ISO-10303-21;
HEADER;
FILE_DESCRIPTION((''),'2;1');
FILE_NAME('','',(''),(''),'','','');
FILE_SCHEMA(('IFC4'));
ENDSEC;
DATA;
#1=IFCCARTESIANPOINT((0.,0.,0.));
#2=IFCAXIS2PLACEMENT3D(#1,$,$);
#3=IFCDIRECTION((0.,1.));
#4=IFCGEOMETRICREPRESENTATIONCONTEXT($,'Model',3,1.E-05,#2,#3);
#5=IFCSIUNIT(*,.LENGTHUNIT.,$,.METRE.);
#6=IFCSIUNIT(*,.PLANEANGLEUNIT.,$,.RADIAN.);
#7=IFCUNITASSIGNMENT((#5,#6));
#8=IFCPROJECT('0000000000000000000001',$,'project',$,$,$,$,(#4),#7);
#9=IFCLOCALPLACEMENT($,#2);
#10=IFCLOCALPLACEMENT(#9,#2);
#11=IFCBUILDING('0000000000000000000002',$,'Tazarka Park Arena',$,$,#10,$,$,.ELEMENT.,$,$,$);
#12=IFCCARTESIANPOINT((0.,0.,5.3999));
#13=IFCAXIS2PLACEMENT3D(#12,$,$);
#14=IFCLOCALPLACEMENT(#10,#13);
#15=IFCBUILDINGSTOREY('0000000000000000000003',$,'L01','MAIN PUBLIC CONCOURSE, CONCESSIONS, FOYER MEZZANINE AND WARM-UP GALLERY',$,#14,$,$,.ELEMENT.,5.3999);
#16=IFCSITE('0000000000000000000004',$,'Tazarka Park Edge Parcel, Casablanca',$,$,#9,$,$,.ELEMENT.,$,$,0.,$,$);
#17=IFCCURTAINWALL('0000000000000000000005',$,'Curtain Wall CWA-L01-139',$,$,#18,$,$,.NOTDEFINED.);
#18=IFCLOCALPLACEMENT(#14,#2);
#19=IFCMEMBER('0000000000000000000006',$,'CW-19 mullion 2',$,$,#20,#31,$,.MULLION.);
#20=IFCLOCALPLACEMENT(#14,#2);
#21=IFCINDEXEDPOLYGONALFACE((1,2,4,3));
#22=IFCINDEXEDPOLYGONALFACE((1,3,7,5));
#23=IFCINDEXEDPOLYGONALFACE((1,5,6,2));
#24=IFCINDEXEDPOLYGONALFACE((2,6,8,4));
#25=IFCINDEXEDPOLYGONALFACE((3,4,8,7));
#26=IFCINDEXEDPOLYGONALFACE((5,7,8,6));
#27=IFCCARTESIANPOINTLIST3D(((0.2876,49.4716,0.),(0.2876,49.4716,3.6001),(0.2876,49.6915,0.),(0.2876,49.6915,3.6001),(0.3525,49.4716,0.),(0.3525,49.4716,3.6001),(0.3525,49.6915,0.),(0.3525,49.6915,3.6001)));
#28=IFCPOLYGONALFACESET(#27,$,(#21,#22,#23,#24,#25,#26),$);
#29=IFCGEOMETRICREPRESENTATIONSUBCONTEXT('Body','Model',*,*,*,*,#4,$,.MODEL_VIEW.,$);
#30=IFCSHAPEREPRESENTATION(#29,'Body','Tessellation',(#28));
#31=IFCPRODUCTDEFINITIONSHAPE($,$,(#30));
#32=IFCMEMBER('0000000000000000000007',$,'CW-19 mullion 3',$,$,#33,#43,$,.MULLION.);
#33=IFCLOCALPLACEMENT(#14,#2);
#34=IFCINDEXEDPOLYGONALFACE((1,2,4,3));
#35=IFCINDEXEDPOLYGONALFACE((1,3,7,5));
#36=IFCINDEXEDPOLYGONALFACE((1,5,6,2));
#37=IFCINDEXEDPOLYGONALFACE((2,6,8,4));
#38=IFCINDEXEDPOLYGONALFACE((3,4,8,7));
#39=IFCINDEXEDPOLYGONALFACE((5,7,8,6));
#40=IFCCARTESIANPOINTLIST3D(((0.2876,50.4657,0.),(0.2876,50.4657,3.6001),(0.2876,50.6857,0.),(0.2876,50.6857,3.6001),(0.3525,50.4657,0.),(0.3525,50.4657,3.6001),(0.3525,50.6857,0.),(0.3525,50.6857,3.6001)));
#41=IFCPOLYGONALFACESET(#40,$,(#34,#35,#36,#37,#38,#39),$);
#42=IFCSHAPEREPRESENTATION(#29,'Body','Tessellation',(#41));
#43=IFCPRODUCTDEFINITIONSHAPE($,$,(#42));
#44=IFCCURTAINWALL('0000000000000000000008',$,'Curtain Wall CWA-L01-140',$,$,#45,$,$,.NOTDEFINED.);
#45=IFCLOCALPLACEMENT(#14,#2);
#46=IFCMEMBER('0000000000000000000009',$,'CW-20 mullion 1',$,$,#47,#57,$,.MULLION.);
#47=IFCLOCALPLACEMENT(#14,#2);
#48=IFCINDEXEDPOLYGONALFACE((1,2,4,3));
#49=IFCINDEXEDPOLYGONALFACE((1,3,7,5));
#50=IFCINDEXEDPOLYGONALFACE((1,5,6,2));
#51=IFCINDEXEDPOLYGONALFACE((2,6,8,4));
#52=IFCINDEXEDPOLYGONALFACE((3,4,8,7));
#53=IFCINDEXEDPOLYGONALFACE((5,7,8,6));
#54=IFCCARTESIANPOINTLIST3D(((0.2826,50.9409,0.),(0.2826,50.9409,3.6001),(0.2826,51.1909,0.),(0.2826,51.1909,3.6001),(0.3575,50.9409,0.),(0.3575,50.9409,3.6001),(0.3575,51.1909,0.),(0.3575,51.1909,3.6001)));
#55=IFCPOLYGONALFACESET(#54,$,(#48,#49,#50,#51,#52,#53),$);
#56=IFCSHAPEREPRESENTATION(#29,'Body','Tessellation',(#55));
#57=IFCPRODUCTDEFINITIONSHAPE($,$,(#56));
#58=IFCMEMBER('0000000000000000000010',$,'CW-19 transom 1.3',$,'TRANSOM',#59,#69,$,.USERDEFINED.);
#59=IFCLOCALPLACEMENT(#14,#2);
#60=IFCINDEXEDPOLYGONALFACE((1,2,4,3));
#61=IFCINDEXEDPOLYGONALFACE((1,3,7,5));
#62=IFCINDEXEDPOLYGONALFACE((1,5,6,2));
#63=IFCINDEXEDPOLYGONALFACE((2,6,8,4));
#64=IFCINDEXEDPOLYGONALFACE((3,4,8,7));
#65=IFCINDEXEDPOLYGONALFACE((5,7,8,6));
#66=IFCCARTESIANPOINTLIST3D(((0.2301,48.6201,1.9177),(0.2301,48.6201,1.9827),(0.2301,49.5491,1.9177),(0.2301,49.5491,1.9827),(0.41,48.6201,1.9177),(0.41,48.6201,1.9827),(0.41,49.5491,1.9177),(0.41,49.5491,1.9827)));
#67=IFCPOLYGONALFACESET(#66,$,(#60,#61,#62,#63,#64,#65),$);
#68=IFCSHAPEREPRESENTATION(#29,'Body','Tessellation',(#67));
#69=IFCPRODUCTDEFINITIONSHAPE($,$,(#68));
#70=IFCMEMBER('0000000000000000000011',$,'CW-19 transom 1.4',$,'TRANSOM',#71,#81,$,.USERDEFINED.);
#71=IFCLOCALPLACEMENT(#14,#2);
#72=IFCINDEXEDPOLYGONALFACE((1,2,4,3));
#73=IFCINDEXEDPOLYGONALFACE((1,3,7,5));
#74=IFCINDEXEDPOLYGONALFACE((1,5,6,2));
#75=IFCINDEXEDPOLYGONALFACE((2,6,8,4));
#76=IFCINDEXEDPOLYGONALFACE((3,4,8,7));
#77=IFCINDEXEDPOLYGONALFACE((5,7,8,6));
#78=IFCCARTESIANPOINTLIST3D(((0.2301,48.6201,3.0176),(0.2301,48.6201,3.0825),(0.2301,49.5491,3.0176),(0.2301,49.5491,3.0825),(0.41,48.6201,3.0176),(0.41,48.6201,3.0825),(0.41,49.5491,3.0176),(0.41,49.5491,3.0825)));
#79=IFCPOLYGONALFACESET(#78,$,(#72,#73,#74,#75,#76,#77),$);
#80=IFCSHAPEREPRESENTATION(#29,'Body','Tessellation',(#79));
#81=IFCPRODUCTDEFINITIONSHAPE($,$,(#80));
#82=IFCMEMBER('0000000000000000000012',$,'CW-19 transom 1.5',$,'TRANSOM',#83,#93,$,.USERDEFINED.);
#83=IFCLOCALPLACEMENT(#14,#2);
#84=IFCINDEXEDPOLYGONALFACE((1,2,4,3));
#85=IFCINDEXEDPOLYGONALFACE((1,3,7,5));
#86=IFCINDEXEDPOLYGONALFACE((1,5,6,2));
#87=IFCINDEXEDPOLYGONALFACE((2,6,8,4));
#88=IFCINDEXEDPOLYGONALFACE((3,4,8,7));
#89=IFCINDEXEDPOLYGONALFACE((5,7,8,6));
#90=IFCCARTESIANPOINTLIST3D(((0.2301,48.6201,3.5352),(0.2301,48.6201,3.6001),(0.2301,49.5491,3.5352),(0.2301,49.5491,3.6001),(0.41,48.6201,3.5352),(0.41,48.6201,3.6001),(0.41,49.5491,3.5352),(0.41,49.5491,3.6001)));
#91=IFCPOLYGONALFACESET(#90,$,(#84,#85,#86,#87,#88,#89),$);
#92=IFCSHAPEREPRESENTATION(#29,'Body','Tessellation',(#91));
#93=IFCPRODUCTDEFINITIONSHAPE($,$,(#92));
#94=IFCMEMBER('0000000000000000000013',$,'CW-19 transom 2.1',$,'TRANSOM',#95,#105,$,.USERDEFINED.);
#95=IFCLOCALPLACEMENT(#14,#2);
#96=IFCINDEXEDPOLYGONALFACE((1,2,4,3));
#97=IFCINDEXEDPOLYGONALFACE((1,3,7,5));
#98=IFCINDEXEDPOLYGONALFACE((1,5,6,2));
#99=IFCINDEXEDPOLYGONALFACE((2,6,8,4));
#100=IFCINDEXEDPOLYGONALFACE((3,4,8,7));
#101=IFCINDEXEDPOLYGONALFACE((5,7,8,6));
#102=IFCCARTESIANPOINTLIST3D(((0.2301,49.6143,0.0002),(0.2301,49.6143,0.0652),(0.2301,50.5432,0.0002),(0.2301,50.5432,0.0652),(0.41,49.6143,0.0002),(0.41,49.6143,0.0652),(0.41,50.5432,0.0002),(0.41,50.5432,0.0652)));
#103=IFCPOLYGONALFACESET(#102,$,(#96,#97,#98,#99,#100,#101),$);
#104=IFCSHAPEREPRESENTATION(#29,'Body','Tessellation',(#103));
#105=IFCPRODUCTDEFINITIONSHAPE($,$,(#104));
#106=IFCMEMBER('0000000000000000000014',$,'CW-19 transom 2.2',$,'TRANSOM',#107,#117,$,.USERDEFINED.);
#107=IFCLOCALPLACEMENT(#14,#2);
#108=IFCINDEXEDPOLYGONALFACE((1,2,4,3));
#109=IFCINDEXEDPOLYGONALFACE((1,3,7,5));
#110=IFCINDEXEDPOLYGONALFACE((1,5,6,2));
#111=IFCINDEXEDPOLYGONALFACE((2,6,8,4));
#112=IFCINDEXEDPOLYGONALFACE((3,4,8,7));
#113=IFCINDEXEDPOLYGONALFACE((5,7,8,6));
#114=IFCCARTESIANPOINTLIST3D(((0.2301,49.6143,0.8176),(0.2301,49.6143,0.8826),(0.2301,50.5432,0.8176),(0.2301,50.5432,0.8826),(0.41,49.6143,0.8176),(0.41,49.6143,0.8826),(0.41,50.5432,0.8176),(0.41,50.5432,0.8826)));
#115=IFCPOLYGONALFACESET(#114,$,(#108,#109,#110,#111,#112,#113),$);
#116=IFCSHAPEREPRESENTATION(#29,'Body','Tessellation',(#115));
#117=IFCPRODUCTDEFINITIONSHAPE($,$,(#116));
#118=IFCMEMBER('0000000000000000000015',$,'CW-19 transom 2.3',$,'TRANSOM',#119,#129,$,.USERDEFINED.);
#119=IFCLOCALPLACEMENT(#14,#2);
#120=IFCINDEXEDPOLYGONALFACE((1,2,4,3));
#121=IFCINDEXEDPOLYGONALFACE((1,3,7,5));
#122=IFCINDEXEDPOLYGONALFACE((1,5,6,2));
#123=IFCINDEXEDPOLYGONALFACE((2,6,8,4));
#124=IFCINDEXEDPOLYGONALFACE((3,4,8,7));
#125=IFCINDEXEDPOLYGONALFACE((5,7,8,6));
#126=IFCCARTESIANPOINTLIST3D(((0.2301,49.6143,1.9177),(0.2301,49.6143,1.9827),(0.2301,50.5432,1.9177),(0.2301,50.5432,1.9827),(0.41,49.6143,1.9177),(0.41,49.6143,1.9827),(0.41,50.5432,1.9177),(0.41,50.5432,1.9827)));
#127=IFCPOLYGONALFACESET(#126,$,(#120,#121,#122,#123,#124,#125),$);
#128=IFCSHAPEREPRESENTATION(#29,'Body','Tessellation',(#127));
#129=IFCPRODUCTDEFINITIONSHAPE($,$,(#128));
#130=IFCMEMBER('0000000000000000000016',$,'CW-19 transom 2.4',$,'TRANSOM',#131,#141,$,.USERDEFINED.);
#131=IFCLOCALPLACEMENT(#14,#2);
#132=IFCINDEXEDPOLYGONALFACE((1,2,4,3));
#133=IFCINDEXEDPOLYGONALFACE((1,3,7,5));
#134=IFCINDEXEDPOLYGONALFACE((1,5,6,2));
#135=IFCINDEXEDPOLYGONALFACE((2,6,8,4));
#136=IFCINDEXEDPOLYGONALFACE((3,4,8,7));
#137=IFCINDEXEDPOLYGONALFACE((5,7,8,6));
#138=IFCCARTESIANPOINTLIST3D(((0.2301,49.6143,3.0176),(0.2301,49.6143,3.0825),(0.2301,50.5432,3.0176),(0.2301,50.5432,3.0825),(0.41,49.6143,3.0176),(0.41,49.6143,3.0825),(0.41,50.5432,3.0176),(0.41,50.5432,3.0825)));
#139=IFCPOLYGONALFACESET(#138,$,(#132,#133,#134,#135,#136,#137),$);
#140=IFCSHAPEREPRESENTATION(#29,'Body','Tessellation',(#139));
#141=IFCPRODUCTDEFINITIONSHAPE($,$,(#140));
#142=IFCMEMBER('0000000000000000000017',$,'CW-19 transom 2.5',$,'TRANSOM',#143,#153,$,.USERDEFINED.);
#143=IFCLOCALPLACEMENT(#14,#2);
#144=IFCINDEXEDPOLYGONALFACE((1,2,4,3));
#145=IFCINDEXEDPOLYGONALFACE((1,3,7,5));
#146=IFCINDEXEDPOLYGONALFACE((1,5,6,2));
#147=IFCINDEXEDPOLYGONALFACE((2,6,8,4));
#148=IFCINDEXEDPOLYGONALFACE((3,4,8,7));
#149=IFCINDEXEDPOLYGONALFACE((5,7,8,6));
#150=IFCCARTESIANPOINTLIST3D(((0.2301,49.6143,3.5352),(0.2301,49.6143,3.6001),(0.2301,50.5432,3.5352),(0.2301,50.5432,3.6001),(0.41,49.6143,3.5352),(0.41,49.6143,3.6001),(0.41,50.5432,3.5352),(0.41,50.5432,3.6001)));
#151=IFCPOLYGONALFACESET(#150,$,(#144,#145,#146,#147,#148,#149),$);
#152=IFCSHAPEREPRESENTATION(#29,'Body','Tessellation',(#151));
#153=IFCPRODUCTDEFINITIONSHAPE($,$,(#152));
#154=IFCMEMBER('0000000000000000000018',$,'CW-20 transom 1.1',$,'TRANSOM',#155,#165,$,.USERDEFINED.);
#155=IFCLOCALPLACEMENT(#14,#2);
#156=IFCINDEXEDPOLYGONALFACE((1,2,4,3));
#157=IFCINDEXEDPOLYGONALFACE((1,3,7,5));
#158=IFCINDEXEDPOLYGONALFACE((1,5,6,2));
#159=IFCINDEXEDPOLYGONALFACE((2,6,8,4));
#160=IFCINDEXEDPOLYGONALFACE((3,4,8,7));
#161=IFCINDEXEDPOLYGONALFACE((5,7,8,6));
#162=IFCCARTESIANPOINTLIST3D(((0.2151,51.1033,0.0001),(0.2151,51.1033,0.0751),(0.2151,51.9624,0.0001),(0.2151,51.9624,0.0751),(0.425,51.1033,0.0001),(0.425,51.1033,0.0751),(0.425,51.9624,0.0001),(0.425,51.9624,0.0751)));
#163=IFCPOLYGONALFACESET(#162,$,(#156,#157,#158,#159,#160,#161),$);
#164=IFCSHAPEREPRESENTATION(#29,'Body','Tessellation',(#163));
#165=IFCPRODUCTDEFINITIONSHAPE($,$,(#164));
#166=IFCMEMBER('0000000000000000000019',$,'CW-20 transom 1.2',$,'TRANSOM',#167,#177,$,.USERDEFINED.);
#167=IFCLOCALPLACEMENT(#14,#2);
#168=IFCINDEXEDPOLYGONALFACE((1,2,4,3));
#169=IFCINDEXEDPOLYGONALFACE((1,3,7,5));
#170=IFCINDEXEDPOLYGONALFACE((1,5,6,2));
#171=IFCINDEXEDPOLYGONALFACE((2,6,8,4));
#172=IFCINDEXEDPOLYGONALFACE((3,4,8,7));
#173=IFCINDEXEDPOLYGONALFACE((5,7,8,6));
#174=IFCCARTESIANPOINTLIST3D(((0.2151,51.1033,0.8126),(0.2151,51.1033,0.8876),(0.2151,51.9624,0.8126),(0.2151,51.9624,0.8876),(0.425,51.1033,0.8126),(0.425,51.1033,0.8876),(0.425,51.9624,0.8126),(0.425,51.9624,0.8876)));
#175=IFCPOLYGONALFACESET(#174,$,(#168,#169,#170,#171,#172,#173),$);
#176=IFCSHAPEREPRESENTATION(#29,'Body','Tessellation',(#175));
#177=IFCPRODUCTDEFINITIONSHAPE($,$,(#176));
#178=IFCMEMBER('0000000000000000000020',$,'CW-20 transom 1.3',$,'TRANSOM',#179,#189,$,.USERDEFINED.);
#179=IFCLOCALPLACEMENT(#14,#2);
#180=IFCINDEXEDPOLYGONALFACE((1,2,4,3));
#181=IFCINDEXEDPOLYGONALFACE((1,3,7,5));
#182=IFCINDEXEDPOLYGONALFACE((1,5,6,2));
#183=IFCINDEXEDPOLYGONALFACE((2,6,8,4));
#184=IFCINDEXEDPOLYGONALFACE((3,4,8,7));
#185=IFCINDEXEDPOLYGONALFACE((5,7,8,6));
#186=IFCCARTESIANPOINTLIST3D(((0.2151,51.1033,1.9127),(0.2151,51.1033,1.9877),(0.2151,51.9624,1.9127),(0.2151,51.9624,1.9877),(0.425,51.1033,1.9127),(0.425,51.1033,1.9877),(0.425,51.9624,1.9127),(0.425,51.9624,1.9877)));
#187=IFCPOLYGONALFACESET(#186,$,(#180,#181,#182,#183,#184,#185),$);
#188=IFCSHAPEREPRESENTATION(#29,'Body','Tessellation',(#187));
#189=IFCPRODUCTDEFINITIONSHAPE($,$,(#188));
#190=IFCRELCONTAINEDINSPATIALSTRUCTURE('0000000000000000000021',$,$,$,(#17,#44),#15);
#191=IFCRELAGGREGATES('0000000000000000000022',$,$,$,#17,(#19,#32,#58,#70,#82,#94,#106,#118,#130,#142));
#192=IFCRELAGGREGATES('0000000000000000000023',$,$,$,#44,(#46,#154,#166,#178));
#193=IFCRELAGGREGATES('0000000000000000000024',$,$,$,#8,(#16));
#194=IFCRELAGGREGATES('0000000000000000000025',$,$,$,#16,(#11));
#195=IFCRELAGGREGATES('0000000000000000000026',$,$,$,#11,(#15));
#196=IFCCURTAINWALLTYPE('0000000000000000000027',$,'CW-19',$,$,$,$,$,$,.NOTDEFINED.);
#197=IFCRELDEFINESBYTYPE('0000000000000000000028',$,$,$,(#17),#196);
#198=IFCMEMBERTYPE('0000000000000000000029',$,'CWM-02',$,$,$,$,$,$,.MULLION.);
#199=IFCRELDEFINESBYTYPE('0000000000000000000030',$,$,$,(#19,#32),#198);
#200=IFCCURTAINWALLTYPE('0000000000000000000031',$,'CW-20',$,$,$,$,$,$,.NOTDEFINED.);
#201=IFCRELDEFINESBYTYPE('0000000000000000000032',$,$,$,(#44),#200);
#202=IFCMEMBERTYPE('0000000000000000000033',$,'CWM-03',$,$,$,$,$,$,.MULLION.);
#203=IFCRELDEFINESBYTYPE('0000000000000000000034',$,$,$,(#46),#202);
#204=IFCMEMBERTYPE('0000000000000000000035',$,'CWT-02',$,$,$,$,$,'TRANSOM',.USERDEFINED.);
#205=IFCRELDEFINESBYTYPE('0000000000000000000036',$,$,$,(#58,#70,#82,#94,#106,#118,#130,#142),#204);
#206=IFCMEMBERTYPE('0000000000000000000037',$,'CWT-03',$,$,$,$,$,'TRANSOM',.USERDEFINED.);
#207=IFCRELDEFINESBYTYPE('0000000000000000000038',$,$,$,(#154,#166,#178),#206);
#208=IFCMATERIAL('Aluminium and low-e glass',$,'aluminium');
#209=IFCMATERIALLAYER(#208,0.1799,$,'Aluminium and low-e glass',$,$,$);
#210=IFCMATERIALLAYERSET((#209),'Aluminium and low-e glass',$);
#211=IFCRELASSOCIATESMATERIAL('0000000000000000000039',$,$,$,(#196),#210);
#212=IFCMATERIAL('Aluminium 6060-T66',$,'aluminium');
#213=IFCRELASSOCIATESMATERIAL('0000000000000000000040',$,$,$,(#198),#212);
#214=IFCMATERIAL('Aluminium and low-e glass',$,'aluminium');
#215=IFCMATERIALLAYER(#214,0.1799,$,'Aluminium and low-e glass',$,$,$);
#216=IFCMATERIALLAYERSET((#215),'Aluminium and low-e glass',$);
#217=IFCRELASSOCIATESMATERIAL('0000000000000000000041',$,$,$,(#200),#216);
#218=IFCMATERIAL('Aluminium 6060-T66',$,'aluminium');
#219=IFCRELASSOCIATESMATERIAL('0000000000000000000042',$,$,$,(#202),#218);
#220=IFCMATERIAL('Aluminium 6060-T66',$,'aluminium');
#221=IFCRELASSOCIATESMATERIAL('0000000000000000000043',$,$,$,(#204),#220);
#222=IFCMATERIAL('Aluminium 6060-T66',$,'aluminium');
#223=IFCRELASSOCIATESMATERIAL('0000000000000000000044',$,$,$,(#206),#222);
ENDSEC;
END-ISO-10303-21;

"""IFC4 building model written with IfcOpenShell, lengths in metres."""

from ifc_helpers import new_model, si_unit, direction, frame, origin, origin_2d, place, context, subcontext, project, spatial, rectangle, extrude, material, layer, layer_set, material_profile, profile_set, type_object, element, aggregate, save


model = new_model("IFC4")

# Units and contexts
model_context = context("Model", 3, precision=1e-05, world=origin(), true_north=direction((0.0, 1.0)))
body_context = subcontext(model_context, "Body", "Model", "MODEL_VIEW")
ifc_project = project(units=[si_unit("LENGTHUNIT", "METRE"), si_unit("PLANEANGLEUNIT", "RADIAN")], contexts=[model_context])

# Site, building, storey
site_placement = place(None, origin())
site = spatial("IfcSite", under=ifc_project, at=site_placement, Name="Tazarka Park Edge Parcel, Casablanca", CompositionType="ELEMENT", RefElevation=0.0)
building_placement = place(site_placement, origin())
building = spatial("IfcBuilding", under=site, at=building_placement, Name="Tazarka Park Arena", CompositionType="ELEMENT")
storey_placement = place(building_placement, frame((0.0, 0.0, 5.3999)))
storey = spatial("IfcBuildingStorey", under=building, at=storey_placement, Name="L01", Description="MAIN PUBLIC CONCOURSE, CONCESSIONS, FOYER MEZZANINE AND WARM-UP GALLERY", CompositionType="ELEMENT", Elevation=5.3999)

# Curtain wall, members
ifc_material_1 = material(Name="Aluminium and low-e glass", Category="aluminium")
ifc_layer_1 = layer(ifc_material_1, 0.1799, Name="Aluminium and low-e glass")
ifc_layer_set_1 = layer_set([ifc_layer_1], Name="Aluminium and low-e glass")
curtain_wall_type_1 = type_object("IfcCurtainWallType", Name="CW-19", PredefinedType="NOTDEFINED", material=ifc_layer_set_1)
curtain_wall_1_placement = place(storey_placement, origin())
curtain_wall_1 = element("IfcCurtainWall", 1, at=curtain_wall_1_placement, inside=storey, type_object=curtain_wall_type_1, Name="Curtain Wall CWA-L01-139", PredefinedType="NOTDEFINED")
ifc_material_2 = material(Name="Aluminium 6060-T66", Category="aluminium")
ifc_material_profile_1 = material_profile(ifc_material_2, rectangle(XDim=0.0649, YDim=0.22, at=origin_2d()), Name="Aluminium 6060-T66")
ifc_profile_set_1 = profile_set([ifc_material_profile_1], Name="Aluminium 6060-T66")
member_type_1 = type_object("IfcMemberType", Name="CWM-02", PredefinedType="MULLION", material=ifc_profile_set_1)
member_1_placement = place(storey_placement, frame((0.3201, 49.5815, 0.0), z_axis=(0.0, 0.0, 1.0), x_axis=(-1.0, 0.0, 0.0)))
member_1 = element("IfcMember", 2, at=member_1_placement, type_object=member_type_1, Name="CW-19 mullion 2", PredefinedType="MULLION", context=body_context, shape_type="SweptSolid", body=[
    extrude(rectangle(XDim=0.0649, YDim=0.22, at=origin_2d()), origin(), (0.0, 0.0, 1.0), 3.6001),
])
member_2_placement = place(storey_placement, frame((0.3201, 50.5757, 0.0), z_axis=(0.0, 0.0, 1.0), x_axis=(-1.0, 0.0, 0.0)))
member_2 = element("IfcMember", 3, at=member_2_placement, type_object=member_type_1, Name="CW-19 mullion 3", PredefinedType="MULLION", context=body_context, shape_type="SweptSolid", body=[
    extrude(rectangle(XDim=0.0649, YDim=0.22, at=origin_2d()), origin(), (0.0, 0.0, 1.0), 3.6001),
])

# Curtain wall, member
ifc_material_3 = material(Name="Aluminium and low-e glass", Category="aluminium")
ifc_layer_2 = layer(ifc_material_3, 0.1799, Name="Aluminium and low-e glass")
ifc_layer_set_2 = layer_set([ifc_layer_2], Name="Aluminium and low-e glass")
curtain_wall_type_2 = type_object("IfcCurtainWallType", Name="CW-20", PredefinedType="NOTDEFINED", material=ifc_layer_set_2)
curtain_wall_2_placement = place(storey_placement, origin())
curtain_wall_2 = element("IfcCurtainWall", 4, at=curtain_wall_2_placement, inside=storey, type_object=curtain_wall_type_2, Name="Curtain Wall CWA-L01-140", PredefinedType="NOTDEFINED")
ifc_material_4 = material(Name="Aluminium 6060-T66", Category="aluminium")
ifc_material_profile_2 = material_profile(ifc_material_4, rectangle(XDim=0.075, YDim=0.25, at=origin_2d()), Name="Aluminium 6060-T66")
ifc_profile_set_2 = profile_set([ifc_material_profile_2], Name="Aluminium 6060-T66")
member_type_2 = type_object("IfcMemberType", Name="CWM-03", PredefinedType="MULLION", material=ifc_profile_set_2)
member_3_placement = place(storey_placement, frame((0.3201, 51.0659, 0.0), z_axis=(0.0, 0.0, 1.0), x_axis=(-1.0, 0.0, 0.0)))
member_3 = element("IfcMember", 5, at=member_3_placement, type_object=member_type_2, Name="CW-20 mullion 1", PredefinedType="MULLION", context=body_context, shape_type="SweptSolid", body=[
    extrude(rectangle(XDim=0.075, YDim=0.25, at=origin_2d()), origin(), (0.0, 0.0, 1.0), 3.6001),
])

# Members
ifc_material_5 = material(Name="Aluminium 6060-T66", Category="aluminium")
ifc_material_profile_3 = material_profile(ifc_material_5, rectangle(XDim=0.1799, YDim=0.0649, at=origin_2d()), Name="Aluminium 6060-T66")
ifc_profile_set_3 = profile_set([ifc_material_profile_3], Name="Aluminium 6060-T66")
member_type_3 = type_object("IfcMemberType", Name="CWT-02", ElementType="TRANSOM", PredefinedType="USERDEFINED", material=ifc_profile_set_3)
member_4_placement = place(storey_placement, frame((0.3201, 48.6201, 1.9502), z_axis=(0.0, 1.0, 0.0), x_axis=(-1.0, 0.0, 0.0)))
member_4 = element("IfcMember", 6, at=member_4_placement, type_object=member_type_3, Name="CW-19 transom 1.3", ObjectType="TRANSOM", PredefinedType="USERDEFINED", context=body_context, shape_type="SweptSolid", body=[
    extrude(rectangle(XDim=0.1799, YDim=0.0649, at=origin_2d()), origin(), (0.0, 0.0, 1.0), 0.929),
])
member_5_placement = place(storey_placement, frame((0.3201, 48.6201, 3.05), z_axis=(0.0, 1.0, 0.0), x_axis=(-1.0, 0.0, 0.0)))
member_5 = element("IfcMember", 7, at=member_5_placement, type_object=member_type_3, Name="CW-19 transom 1.4", ObjectType="TRANSOM", PredefinedType="USERDEFINED", context=body_context, shape_type="SweptSolid", body=[
    extrude(rectangle(XDim=0.1799, YDim=0.0649, at=origin_2d()), origin(), (0.0, 0.0, 1.0), 0.929),
])
member_6_placement = place(storey_placement, frame((0.3201, 48.6201, 3.5676), z_axis=(0.0, 1.0, 0.0), x_axis=(-1.0, 0.0, 0.0)))
member_6 = element("IfcMember", 8, at=member_6_placement, type_object=member_type_3, Name="CW-19 transom 1.5", ObjectType="TRANSOM", PredefinedType="USERDEFINED", context=body_context, shape_type="SweptSolid", body=[
    extrude(rectangle(XDim=0.1799, YDim=0.0649, at=origin_2d()), origin(), (0.0, 0.0, 1.0), 0.929),
])
member_7_placement = place(storey_placement, frame((0.3201, 49.6143, 0.0327), z_axis=(0.0, 1.0, 0.0), x_axis=(-1.0, 0.0, 0.0)))
member_7 = element("IfcMember", 9, at=member_7_placement, type_object=member_type_3, Name="CW-19 transom 2.1", ObjectType="TRANSOM", PredefinedType="USERDEFINED", context=body_context, shape_type="SweptSolid", body=[
    extrude(rectangle(XDim=0.1799, YDim=0.0649, at=origin_2d()), origin(), (0.0, 0.0, 1.0), 0.929),
])
member_8_placement = place(storey_placement, frame((0.3201, 49.6143, 0.8501), z_axis=(0.0, 1.0, 0.0), x_axis=(-1.0, 0.0, 0.0)))
member_8 = element("IfcMember", 10, at=member_8_placement, type_object=member_type_3, Name="CW-19 transom 2.2", ObjectType="TRANSOM", PredefinedType="USERDEFINED", context=body_context, shape_type="SweptSolid", body=[
    extrude(rectangle(XDim=0.1799, YDim=0.0649, at=origin_2d()), origin(), (0.0, 0.0, 1.0), 0.929),
])
member_9_placement = place(storey_placement, frame((0.3201, 49.6143, 1.9502), z_axis=(0.0, 1.0, 0.0), x_axis=(-1.0, 0.0, 0.0)))
member_9 = element("IfcMember", 11, at=member_9_placement, type_object=member_type_3, Name="CW-19 transom 2.3", ObjectType="TRANSOM", PredefinedType="USERDEFINED", context=body_context, shape_type="SweptSolid", body=[
    extrude(rectangle(XDim=0.1799, YDim=0.0649, at=origin_2d()), origin(), (0.0, 0.0, 1.0), 0.929),
])
member_10_placement = place(storey_placement, frame((0.3201, 49.6143, 3.05), z_axis=(0.0, 1.0, 0.0), x_axis=(-1.0, 0.0, 0.0)))
member_10 = element("IfcMember", 12, at=member_10_placement, type_object=member_type_3, Name="CW-19 transom 2.4", ObjectType="TRANSOM", PredefinedType="USERDEFINED", context=body_context, shape_type="SweptSolid", body=[
    extrude(rectangle(XDim=0.1799, YDim=0.0649, at=origin_2d()), origin(), (0.0, 0.0, 1.0), 0.929),
])
member_11_placement = place(storey_placement, frame((0.3201, 49.6143, 3.5676), z_axis=(0.0, 1.0, 0.0), x_axis=(-1.0, 0.0, 0.0)))
member_11 = element("IfcMember", 13, at=member_11_placement, type_object=member_type_3, Name="CW-19 transom 2.5", ObjectType="TRANSOM", PredefinedType="USERDEFINED", context=body_context, shape_type="SweptSolid", body=[
    extrude(rectangle(XDim=0.1799, YDim=0.0649, at=origin_2d()), origin(), (0.0, 0.0, 1.0), 0.929),
])
ifc_material_6 = material(Name="Aluminium 6060-T66", Category="aluminium")
ifc_material_profile_4 = material_profile(ifc_material_6, rectangle(XDim=0.21, YDim=0.075, at=origin_2d()), Name="Aluminium 6060-T66")
ifc_profile_set_4 = profile_set([ifc_material_profile_4], Name="Aluminium 6060-T66")
member_type_4 = type_object("IfcMemberType", Name="CWT-03", ElementType="TRANSOM", PredefinedType="USERDEFINED", material=ifc_profile_set_4)
member_12_placement = place(storey_placement, frame((0.3201, 51.1033, 0.0376), z_axis=(0.0, 1.0, 0.0), x_axis=(-1.0, 0.0, 0.0)))
member_12 = element("IfcMember", 14, at=member_12_placement, type_object=member_type_4, Name="CW-20 transom 1.1", ObjectType="TRANSOM", PredefinedType="USERDEFINED", context=body_context, shape_type="SweptSolid", body=[
    extrude(rectangle(XDim=0.21, YDim=0.075, at=origin_2d()), origin(), (0.0, 0.0, 1.0), 0.8591),
])
member_13_placement = place(storey_placement, frame((0.3201, 51.1033, 0.8501), z_axis=(0.0, 1.0, 0.0), x_axis=(-1.0, 0.0, 0.0)))
member_13 = element("IfcMember", 15, at=member_13_placement, type_object=member_type_4, Name="CW-20 transom 1.2", ObjectType="TRANSOM", PredefinedType="USERDEFINED", context=body_context, shape_type="SweptSolid", body=[
    extrude(rectangle(XDim=0.21, YDim=0.075, at=origin_2d()), origin(), (0.0, 0.0, 1.0), 0.8591),
])
member_14_placement = place(storey_placement, frame((0.3201, 51.1033, 1.9502), z_axis=(0.0, 1.0, 0.0), x_axis=(-1.0, 0.0, 0.0)))
member_14 = element("IfcMember", 16, at=member_14_placement, type_object=member_type_4, Name="CW-20 transom 1.3", ObjectType="TRANSOM", PredefinedType="USERDEFINED", context=body_context, shape_type="SweptSolid", body=[
    extrude(rectangle(XDim=0.21, YDim=0.075, at=origin_2d()), origin(), (0.0, 0.0, 1.0), 0.8591),
])

aggregate(curtain_wall_1, [member_1, member_2, member_4, member_5, member_6, member_7, member_8, member_9, member_10, member_11])
aggregate(curtain_wall_2, [member_3, member_12, member_13, member_14])

save(model, "model.ifc")
